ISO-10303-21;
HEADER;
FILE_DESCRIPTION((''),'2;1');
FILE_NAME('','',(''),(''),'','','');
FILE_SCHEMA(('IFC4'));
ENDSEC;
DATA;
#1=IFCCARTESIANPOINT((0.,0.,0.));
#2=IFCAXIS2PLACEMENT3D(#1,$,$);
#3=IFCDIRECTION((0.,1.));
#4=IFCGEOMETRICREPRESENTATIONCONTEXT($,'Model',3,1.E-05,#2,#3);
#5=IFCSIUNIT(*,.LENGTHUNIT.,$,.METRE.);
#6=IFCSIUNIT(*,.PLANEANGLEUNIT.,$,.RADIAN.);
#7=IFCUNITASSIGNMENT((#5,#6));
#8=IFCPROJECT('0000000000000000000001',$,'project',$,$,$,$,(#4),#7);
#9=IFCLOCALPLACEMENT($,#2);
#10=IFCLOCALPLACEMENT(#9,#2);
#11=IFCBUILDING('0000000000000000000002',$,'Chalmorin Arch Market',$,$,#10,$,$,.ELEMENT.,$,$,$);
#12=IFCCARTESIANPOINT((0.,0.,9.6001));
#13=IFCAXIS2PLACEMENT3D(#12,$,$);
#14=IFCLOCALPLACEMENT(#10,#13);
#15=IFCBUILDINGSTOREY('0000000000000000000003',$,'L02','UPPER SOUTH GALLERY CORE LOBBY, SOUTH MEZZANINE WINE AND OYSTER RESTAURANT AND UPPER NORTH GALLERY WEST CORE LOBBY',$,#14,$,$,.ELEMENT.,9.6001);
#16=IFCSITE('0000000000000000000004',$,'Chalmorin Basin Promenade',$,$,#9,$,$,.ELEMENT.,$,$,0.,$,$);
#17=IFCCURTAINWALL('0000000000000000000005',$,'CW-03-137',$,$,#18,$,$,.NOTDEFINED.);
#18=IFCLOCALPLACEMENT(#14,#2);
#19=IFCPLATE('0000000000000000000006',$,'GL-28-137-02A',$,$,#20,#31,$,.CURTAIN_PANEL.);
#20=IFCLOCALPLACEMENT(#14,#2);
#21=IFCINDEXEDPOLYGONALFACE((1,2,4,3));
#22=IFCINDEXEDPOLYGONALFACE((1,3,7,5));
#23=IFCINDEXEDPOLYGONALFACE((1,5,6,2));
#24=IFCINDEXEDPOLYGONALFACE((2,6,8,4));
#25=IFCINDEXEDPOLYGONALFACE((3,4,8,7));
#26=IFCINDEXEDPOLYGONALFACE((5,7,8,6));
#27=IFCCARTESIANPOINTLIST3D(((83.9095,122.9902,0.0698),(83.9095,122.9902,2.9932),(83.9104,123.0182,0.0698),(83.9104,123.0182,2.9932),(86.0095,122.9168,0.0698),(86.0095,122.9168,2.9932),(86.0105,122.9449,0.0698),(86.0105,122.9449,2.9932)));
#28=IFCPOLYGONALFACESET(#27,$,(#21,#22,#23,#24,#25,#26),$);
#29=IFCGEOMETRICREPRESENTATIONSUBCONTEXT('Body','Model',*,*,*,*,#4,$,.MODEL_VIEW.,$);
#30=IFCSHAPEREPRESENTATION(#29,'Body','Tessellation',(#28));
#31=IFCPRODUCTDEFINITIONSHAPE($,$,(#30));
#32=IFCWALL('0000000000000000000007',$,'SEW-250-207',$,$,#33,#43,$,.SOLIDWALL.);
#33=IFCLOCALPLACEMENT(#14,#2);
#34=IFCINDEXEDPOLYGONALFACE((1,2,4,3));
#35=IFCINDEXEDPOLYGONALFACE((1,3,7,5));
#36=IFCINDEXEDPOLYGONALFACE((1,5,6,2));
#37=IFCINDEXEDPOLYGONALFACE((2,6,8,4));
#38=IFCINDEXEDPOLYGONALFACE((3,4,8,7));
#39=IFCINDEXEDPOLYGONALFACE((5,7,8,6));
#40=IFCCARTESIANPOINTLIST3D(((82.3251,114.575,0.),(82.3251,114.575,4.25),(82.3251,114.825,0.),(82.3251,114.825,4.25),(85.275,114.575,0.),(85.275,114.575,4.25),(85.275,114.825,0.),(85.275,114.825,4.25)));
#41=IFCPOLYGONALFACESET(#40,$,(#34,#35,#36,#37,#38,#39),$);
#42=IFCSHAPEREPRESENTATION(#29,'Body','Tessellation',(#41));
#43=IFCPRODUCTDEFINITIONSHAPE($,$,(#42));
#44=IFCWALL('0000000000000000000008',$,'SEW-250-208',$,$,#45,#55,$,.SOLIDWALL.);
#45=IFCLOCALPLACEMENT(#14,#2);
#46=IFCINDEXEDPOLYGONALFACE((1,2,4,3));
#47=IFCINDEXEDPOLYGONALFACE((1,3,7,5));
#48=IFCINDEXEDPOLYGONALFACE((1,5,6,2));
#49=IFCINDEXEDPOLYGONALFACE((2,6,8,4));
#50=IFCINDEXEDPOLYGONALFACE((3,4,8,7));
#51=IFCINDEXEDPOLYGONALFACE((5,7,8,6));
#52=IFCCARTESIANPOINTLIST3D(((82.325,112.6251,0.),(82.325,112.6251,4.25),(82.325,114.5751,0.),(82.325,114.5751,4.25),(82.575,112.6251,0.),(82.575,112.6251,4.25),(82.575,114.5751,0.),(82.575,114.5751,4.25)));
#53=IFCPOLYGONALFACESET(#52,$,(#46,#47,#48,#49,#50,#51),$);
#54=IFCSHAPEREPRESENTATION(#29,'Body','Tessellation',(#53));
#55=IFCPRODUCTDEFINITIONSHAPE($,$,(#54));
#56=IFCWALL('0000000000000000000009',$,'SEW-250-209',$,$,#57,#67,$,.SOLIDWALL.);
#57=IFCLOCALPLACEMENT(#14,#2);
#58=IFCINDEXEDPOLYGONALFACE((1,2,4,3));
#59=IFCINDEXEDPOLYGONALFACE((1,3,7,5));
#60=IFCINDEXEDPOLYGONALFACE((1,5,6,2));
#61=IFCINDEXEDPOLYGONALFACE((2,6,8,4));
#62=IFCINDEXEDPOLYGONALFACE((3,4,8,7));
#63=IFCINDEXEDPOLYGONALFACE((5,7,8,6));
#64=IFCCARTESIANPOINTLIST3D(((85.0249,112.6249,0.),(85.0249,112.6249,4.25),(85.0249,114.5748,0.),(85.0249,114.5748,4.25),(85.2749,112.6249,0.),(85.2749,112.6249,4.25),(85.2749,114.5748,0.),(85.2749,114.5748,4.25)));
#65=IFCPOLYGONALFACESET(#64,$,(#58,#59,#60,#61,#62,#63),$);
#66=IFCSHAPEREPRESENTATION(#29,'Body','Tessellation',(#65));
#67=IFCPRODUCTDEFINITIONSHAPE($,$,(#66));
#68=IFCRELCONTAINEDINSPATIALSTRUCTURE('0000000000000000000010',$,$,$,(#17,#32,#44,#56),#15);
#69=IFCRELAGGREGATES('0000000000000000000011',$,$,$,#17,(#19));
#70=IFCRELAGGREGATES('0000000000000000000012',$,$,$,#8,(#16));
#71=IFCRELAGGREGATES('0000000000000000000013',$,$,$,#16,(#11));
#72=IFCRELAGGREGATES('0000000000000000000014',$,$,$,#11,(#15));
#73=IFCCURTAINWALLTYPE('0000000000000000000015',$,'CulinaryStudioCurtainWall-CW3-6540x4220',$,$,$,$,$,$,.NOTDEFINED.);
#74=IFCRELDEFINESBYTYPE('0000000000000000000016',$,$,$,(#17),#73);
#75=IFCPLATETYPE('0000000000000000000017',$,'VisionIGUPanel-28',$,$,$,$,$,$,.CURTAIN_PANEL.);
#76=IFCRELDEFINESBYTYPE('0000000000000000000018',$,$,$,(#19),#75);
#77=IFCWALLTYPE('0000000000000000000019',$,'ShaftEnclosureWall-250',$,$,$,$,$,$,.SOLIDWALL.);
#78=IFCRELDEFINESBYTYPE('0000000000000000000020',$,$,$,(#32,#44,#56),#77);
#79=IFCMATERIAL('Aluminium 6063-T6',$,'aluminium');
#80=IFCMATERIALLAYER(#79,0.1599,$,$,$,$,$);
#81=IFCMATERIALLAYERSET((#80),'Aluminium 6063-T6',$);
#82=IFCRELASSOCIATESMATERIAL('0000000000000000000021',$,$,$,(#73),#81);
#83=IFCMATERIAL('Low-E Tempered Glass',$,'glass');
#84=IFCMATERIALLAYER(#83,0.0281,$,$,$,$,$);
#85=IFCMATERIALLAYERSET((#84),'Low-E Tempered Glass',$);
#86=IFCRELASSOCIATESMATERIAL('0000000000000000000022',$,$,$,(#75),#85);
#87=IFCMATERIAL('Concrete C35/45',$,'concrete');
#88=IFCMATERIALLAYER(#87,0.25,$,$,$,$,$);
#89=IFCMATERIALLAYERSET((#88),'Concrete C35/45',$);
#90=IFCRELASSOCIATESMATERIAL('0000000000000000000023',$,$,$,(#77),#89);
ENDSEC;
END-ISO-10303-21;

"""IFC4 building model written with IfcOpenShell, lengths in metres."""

from ifc_helpers import new_model, si_unit, direction, frame, frame_2d, origin, origin_2d, place, context, subcontext, project, spatial, rectangle, extrude, material, layer, layer_set, type_object, element, aggregate, save


model = new_model("IFC4")

# Units and contexts
model_context = context("Model", 3, precision=1e-05, world=origin(), true_north=direction((0.0, 1.0)))
body_context = subcontext(model_context, "Body", "Model", "MODEL_VIEW")
ifc_project = project(units=[si_unit("LENGTHUNIT", "METRE"), si_unit("PLANEANGLEUNIT", "RADIAN")], contexts=[model_context])

# Site, building, storey
site_placement = place(None, origin())
site = spatial("IfcSite", under=ifc_project, at=site_placement, Name="Chalmorin Basin Promenade", CompositionType="ELEMENT", RefElevation=0.0)
building_placement = place(site_placement, origin())
building = spatial("IfcBuilding", under=site, at=building_placement, Name="Chalmorin Arch Market", CompositionType="ELEMENT")
storey_placement = place(building_placement, frame((0.0, 0.0, 9.6001)))
storey = spatial("IfcBuildingStorey", under=building, at=storey_placement, Name="L02", Description="UPPER SOUTH GALLERY CORE LOBBY, SOUTH MEZZANINE WINE AND OYSTER RESTAURANT AND UPPER NORTH GALLERY WEST CORE LOBBY", CompositionType="ELEMENT", Elevation=9.6001)

# Curtain wall
ifc_material_1 = material(Name="Aluminium 6063-T6", Category="aluminium")
ifc_layer_1 = layer(ifc_material_1, 0.1599)
ifc_layer_set_1 = layer_set([ifc_layer_1], Name="Aluminium 6063-T6")
curtain_wall_type = type_object("IfcCurtainWallType", Name="CulinaryStudioCurtainWall-CW3-6540x4220", PredefinedType="NOTDEFINED", material=ifc_layer_set_1)
curtain_wall_1_placement = place(storey_placement, origin())
curtain_wall_1 = element("IfcCurtainWall", 1, at=curtain_wall_1_placement, inside=storey, type_object=curtain_wall_type, Name="CW-03-137", PredefinedType="NOTDEFINED")

# Plate
ifc_material_2 = material(Name="Low-E Tempered Glass", Category="glass")
ifc_layer_2 = layer(ifc_material_2, 0.0281)
ifc_layer_set_2 = layer_set([ifc_layer_2], Name="Low-E Tempered Glass")
plate_type_1 = type_object("IfcPlateType", Name="VisionIGUPanel-28", PredefinedType="CURTAIN_PANEL", material=ifc_layer_set_2)
plate_1_placement = place(storey_placement, frame((84.96, 122.9675, 0.0698), z_axis=(0.0, 0.0, 1.0), x_axis=(0.999391, -0.034899, 0.0)))
plate_1 = element("IfcPlate", 2, at=plate_1_placement, type_object=plate_type_1, Name="GL-28-137-02A", PredefinedType="CURTAIN_PANEL", context=body_context, shape_type="SweptSolid", body=[
    extrude(rectangle(XDim=2.1013, YDim=0.0281, at=origin_2d()), origin(), (0.0, 0.0, 1.0), 2.9233),
])
aggregate(curtain_wall_1, [plate_1])

# Shared definitions
ifc_material_3 = material(Name="Concrete C35/45", Category="concrete")
ifc_layer_3 = layer(ifc_material_3, 0.25)
ifc_layer_set_3 = layer_set([ifc_layer_3], Name="Concrete C35/45")
wall_type = type_object("IfcWallType", Name="ShaftEnclosureWall-250", PredefinedType="SOLIDWALL", material=ifc_layer_set_3)

# Walls
wall_1_placement = place(storey_placement, frame((82.325, 114.7, 0.0), z_axis=(0.0, 0.0, 1.0), x_axis=(1.0, 0.0, 0.0)))
element("IfcWall", 3, at=wall_1_placement, inside=storey, type_object=wall_type, Name="SEW-250-207", PredefinedType="SOLIDWALL", context=body_context, shape_type="SweptSolid", body=[
    extrude(rectangle(XDim=2.95, YDim=0.25, at=frame_2d((1.4751, 0.0))), origin(), (0.0, 0.0, 1.0), 4.25),
])
for number, where, z_axis, x_axis, name in (
    (4, (82.45, 112.625, 0.0), (0.0, 0.0, 1.0), (0.0, 1.0, 0.0), "SEW-250-208"),
    (5, (85.1499, 114.575, 0.0), (0.0, 0.0, 1.0), (0.0, -1.0, 0.0), "SEW-250-209"),
):
    element("IfcWall", number, at=place(storey_placement, frame(where, z_axis=z_axis, x_axis=x_axis)), inside=storey, type_object=wall_type, Name=name, PredefinedType="SOLIDWALL", context=body_context, shape_type="SweptSolid", body=[
        extrude(rectangle(XDim=1.95, YDim=0.25, at=frame_2d((0.9751, 0.0))), origin(), (0.0, 0.0, 1.0), 4.25),
    ])

save(model, "model.ifc")
